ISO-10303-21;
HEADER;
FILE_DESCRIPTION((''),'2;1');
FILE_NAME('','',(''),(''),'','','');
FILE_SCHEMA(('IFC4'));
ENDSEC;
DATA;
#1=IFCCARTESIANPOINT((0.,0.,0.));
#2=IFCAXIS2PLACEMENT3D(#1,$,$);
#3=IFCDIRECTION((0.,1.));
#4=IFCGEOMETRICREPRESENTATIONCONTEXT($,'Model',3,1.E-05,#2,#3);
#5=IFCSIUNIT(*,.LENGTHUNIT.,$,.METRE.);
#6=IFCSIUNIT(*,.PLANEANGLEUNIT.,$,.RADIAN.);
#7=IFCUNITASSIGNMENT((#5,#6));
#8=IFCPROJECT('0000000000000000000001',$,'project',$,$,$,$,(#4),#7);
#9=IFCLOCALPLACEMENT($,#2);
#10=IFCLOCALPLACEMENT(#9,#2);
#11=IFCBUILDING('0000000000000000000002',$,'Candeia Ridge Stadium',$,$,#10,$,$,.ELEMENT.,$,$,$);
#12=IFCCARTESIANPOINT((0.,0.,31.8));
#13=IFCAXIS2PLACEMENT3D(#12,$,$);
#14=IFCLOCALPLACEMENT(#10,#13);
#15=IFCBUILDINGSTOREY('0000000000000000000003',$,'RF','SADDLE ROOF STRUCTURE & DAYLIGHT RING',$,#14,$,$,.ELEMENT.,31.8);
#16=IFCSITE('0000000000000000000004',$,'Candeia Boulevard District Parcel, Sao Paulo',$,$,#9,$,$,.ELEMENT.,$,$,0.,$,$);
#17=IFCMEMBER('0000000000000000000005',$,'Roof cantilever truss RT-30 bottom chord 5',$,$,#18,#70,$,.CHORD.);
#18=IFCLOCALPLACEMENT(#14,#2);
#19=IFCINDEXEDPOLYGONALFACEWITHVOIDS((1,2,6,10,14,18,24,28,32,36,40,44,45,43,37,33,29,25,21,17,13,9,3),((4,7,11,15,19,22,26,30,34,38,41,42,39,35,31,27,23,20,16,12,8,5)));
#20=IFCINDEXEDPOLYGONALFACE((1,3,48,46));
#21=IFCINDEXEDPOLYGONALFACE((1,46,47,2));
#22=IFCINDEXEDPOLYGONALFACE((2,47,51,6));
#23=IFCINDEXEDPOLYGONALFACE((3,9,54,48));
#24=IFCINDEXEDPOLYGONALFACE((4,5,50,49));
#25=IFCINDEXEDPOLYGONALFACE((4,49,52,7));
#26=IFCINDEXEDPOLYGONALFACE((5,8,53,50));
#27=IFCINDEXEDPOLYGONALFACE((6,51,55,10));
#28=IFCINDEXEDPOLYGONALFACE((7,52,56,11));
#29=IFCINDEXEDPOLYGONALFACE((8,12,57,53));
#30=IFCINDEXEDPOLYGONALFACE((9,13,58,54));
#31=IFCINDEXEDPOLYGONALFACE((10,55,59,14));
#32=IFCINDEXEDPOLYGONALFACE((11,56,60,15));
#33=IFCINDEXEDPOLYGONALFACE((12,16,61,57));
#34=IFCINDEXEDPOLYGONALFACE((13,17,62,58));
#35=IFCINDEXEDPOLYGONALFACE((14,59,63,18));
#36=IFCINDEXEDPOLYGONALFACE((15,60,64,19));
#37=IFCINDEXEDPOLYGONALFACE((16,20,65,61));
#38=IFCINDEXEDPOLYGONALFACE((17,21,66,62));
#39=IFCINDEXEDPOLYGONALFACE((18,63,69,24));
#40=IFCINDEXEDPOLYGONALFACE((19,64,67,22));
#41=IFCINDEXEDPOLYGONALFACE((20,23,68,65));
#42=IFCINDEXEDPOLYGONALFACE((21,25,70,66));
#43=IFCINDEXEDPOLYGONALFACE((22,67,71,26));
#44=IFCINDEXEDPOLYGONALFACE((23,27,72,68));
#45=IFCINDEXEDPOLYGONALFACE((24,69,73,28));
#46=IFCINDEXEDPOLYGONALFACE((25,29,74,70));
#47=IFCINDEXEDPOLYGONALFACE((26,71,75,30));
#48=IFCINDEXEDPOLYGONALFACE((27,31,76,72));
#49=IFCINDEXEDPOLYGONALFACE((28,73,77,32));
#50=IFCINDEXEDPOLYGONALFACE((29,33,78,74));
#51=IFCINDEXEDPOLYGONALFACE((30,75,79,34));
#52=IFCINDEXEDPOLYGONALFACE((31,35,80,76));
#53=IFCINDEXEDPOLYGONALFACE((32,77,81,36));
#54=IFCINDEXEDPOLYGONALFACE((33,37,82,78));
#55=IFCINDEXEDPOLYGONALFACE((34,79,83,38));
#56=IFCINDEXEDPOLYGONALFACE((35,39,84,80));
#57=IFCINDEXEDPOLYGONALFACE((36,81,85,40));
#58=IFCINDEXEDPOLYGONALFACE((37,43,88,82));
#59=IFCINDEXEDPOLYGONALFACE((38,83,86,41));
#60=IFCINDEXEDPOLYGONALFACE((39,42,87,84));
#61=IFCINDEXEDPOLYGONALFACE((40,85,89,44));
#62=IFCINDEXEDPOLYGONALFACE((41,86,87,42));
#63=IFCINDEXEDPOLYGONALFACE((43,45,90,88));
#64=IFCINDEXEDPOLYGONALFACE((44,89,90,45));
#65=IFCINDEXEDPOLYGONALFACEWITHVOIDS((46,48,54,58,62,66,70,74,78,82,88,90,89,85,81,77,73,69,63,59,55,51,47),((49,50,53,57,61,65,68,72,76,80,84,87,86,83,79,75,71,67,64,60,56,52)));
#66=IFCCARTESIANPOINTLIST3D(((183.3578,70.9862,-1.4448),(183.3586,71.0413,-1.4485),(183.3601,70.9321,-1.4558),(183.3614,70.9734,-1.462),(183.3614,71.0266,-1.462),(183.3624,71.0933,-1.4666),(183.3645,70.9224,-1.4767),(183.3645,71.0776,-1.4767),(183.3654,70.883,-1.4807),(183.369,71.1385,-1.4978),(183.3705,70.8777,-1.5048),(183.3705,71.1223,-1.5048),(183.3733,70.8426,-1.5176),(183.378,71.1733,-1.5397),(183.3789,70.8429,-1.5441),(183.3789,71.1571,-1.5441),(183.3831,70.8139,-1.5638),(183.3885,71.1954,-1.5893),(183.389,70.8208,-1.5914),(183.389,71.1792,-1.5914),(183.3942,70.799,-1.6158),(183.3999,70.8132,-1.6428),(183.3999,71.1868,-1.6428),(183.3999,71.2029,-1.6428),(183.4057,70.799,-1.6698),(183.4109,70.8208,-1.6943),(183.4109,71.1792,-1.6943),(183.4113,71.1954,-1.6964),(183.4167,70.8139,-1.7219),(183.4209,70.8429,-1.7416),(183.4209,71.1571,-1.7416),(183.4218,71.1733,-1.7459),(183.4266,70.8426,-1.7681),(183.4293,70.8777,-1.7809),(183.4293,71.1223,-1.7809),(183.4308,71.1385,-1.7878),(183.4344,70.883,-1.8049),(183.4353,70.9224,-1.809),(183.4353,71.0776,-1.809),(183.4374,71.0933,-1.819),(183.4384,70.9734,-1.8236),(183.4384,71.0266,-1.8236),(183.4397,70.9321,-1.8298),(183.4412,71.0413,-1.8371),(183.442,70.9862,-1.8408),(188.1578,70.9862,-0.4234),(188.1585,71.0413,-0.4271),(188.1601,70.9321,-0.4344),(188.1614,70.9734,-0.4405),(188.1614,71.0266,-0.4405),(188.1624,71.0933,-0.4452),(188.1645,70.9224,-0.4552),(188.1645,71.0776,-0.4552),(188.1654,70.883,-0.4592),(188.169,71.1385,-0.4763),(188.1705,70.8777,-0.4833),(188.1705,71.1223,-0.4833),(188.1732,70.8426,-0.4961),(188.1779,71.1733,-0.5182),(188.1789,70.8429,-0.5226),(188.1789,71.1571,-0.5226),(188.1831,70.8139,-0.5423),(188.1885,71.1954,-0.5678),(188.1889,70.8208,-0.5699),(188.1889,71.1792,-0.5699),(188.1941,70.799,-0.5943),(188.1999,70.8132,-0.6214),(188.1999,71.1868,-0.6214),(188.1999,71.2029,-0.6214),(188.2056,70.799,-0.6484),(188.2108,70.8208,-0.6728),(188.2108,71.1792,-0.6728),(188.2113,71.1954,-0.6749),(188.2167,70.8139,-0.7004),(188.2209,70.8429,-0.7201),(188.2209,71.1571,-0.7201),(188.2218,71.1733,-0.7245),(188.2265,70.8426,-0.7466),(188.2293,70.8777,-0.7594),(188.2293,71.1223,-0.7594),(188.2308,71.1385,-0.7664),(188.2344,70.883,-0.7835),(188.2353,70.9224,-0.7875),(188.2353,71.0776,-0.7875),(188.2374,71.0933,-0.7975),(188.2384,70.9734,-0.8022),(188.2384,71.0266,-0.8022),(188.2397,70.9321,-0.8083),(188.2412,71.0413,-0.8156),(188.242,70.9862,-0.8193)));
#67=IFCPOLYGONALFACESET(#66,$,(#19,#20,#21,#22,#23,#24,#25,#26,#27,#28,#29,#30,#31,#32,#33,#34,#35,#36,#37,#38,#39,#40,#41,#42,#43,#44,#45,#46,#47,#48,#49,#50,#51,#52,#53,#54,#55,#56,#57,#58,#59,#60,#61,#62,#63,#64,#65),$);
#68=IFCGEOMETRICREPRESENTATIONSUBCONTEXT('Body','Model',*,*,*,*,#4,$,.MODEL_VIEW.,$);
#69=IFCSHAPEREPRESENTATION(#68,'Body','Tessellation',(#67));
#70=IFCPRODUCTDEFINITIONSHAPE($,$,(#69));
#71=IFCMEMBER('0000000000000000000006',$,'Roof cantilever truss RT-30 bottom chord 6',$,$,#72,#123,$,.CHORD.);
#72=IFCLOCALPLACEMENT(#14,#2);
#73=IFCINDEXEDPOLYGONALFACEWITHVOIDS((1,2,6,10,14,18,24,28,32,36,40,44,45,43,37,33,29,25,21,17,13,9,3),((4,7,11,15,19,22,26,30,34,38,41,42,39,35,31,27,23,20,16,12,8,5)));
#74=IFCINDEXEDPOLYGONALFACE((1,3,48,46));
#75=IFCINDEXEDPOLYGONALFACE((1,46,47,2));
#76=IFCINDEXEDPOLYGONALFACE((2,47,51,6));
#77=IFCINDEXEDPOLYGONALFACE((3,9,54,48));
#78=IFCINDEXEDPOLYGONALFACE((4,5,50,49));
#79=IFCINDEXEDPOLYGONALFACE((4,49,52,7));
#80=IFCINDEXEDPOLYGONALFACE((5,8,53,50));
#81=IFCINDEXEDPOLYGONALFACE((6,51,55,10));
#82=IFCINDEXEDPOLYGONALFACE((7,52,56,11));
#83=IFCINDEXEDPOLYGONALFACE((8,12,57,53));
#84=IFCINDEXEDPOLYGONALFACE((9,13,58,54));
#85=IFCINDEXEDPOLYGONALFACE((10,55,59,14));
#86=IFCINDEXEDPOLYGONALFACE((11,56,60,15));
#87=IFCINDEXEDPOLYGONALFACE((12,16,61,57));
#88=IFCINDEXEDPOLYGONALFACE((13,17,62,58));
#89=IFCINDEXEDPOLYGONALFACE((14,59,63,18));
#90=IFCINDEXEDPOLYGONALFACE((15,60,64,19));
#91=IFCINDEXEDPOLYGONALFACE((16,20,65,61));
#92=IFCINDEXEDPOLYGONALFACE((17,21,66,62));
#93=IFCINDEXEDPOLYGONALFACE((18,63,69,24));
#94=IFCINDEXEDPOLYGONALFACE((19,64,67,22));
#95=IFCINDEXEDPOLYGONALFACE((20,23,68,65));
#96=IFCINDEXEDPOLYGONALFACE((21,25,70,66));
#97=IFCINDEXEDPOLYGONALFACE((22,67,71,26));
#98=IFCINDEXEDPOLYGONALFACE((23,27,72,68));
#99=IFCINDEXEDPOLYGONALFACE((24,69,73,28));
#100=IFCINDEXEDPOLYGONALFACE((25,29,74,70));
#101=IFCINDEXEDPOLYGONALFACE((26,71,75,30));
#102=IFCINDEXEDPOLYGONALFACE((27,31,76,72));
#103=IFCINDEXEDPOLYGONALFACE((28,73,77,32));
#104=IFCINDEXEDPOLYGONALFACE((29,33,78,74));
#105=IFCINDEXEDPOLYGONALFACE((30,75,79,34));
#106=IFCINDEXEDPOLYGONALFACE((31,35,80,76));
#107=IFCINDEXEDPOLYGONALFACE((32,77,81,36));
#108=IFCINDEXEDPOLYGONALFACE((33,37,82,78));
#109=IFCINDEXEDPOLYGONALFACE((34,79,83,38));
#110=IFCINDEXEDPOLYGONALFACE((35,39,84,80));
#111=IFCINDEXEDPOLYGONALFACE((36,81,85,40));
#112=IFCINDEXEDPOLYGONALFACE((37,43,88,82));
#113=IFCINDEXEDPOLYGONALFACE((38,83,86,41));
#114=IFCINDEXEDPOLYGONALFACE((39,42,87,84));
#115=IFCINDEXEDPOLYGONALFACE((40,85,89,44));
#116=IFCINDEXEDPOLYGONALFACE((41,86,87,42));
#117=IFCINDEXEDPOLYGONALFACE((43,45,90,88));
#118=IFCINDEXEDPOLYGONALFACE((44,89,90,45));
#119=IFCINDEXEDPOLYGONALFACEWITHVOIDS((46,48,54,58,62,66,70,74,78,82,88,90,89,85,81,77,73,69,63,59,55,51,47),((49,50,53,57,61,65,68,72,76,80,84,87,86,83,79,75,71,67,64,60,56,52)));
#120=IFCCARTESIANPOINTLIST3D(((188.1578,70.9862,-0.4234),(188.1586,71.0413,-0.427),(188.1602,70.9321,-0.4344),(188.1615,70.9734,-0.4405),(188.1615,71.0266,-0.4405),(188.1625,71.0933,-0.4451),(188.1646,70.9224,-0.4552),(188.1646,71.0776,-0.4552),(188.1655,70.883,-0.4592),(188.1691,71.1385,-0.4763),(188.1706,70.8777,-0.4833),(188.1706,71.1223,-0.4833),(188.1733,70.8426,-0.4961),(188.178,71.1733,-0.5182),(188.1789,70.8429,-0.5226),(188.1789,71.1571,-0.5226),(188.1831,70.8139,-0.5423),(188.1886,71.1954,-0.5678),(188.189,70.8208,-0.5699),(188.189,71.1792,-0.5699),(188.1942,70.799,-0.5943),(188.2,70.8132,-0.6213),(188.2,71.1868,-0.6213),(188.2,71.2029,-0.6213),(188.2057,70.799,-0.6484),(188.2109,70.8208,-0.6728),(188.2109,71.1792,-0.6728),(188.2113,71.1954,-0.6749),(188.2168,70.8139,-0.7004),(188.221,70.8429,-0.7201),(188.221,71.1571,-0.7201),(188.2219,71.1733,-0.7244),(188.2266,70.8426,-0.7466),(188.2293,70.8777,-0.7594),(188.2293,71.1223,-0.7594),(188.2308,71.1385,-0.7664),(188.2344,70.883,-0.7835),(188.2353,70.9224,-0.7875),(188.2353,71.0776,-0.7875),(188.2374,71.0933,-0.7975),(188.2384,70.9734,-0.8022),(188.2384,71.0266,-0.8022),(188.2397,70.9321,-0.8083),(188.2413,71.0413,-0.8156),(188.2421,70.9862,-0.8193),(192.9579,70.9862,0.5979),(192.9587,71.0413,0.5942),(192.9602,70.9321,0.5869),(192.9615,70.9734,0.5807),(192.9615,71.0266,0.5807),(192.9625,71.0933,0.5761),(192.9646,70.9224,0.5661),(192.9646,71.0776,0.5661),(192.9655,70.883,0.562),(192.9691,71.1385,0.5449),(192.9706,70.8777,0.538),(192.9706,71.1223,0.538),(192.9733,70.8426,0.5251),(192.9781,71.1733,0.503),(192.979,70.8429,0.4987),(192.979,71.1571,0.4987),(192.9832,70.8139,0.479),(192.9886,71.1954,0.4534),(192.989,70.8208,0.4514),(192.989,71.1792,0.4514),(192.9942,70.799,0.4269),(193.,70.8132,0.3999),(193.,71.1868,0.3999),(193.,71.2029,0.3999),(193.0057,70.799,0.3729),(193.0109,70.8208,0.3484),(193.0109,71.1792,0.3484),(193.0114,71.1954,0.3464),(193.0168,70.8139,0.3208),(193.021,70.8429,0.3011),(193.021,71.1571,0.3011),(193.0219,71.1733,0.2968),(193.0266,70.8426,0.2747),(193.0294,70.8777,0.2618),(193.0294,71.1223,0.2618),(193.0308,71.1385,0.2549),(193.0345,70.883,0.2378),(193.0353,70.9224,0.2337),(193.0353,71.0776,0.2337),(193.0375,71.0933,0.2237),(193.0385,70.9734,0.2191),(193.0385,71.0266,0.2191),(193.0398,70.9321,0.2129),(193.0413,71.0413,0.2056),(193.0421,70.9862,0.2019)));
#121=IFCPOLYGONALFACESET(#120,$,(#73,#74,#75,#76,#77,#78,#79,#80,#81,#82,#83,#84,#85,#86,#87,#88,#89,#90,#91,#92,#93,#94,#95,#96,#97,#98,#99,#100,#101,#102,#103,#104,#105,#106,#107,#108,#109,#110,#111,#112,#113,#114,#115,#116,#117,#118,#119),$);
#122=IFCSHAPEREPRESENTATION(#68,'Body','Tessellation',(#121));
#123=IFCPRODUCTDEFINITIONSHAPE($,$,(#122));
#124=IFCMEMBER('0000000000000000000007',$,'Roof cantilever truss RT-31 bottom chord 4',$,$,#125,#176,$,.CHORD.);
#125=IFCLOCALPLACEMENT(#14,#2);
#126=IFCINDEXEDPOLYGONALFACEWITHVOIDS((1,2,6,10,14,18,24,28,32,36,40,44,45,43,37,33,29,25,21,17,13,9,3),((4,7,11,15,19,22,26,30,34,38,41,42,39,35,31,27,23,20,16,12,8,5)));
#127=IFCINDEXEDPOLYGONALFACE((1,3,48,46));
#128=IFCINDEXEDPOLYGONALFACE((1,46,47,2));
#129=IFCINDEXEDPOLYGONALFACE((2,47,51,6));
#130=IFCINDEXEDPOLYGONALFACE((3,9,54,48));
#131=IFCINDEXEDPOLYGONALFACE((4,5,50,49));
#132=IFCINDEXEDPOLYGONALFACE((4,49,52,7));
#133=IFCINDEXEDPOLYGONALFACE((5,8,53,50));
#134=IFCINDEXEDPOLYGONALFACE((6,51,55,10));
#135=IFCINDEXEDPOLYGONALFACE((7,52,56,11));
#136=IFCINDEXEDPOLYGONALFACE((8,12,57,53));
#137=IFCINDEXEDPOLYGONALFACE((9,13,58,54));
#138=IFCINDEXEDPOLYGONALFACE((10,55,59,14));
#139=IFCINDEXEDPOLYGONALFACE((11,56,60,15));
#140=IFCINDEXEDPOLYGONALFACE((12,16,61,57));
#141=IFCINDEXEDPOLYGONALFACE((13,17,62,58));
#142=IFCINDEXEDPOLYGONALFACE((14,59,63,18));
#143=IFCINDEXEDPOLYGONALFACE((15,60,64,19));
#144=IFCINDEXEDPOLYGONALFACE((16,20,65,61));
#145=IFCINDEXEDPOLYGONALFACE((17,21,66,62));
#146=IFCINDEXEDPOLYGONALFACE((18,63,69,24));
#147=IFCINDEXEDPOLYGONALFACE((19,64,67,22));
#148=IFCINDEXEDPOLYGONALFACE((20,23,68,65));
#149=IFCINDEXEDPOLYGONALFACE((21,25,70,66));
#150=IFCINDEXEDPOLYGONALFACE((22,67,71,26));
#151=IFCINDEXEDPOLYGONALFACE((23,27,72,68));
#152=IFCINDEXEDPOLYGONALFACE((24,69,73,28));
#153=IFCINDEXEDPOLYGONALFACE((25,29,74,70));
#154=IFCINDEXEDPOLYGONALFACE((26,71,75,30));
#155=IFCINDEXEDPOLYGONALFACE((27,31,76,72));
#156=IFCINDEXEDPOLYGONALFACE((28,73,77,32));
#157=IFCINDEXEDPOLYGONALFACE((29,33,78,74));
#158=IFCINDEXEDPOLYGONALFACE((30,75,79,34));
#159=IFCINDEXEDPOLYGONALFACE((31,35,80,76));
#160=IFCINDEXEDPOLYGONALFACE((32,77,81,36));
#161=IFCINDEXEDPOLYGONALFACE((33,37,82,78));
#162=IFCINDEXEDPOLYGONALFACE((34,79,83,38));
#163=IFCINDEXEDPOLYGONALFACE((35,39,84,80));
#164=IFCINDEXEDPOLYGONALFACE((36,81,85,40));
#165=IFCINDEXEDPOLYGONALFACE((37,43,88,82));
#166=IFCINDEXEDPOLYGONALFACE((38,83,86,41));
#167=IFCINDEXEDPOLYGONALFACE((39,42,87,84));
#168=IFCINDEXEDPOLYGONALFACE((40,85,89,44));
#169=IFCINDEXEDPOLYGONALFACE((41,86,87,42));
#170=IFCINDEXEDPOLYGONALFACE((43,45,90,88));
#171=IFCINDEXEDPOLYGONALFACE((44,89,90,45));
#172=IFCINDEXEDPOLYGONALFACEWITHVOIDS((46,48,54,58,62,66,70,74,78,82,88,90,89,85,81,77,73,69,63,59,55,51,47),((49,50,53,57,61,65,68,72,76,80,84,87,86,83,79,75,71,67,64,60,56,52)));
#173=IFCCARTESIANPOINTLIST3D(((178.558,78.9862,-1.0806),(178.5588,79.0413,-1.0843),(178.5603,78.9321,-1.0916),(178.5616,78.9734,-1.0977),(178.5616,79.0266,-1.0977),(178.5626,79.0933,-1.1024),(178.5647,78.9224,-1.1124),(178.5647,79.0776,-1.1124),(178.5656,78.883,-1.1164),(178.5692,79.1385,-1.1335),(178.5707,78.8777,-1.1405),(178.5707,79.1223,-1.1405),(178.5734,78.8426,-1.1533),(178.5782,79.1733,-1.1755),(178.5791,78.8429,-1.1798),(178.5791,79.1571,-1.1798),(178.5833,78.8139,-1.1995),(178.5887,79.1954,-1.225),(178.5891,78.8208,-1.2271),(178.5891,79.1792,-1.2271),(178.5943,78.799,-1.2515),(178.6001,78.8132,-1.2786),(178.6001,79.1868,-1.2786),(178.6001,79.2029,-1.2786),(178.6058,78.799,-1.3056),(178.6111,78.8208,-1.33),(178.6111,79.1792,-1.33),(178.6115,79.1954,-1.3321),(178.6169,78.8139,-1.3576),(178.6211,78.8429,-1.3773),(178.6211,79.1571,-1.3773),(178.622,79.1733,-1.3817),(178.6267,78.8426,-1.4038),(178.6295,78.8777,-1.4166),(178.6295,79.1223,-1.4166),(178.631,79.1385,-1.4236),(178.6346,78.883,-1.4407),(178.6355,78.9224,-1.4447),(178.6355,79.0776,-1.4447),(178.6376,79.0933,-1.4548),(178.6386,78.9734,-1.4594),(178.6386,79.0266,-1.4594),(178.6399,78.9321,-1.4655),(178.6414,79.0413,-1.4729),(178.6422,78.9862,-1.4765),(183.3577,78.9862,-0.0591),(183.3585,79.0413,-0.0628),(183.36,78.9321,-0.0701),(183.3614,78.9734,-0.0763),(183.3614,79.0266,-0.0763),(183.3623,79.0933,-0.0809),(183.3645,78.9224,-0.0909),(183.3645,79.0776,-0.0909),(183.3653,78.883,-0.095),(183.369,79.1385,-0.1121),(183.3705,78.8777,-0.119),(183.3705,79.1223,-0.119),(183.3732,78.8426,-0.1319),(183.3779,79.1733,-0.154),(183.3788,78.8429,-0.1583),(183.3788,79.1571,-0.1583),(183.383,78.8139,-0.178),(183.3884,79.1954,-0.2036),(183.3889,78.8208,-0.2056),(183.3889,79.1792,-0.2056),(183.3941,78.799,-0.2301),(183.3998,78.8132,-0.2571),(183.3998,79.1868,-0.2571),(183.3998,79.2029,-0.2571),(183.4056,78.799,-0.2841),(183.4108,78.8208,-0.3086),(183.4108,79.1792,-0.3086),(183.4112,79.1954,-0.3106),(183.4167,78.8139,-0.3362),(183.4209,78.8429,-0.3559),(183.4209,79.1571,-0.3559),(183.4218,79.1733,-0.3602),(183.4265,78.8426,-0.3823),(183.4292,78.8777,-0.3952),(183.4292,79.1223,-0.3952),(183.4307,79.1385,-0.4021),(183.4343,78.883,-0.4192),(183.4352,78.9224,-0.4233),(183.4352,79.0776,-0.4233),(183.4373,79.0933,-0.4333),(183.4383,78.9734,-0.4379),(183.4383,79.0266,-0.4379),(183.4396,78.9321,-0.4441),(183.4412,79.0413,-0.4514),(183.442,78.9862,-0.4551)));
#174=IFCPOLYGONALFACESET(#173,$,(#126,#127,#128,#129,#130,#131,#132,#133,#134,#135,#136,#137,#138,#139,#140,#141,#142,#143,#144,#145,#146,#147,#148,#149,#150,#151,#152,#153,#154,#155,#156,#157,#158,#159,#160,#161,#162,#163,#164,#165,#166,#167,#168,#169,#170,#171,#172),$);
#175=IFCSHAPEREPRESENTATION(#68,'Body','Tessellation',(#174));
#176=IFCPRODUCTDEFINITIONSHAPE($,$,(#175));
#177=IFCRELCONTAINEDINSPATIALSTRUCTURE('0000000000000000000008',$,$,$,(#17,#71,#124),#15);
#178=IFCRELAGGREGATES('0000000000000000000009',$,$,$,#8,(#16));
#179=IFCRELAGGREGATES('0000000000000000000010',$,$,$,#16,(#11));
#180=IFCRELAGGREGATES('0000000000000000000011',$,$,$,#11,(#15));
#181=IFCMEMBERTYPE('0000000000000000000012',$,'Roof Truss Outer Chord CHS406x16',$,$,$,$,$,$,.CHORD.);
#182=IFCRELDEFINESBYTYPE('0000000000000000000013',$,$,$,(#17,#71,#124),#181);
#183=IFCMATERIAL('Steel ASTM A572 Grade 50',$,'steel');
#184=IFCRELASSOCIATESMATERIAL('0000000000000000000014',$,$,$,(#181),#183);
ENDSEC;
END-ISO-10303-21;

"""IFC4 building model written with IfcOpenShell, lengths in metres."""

from ifc_helpers import new_model, si_unit, direction, frame, origin, origin_2d, place, context, subcontext, project, spatial, hollow_circle, extrude, material, material_profile, profile_set, type_object, element, save


model = new_model("IFC4")

# Units and contexts
model_context = context("Model", 3, precision=1e-05, world=origin(), true_north=direction((0.0, 1.0)))
body_context = subcontext(model_context, "Body", "Model", "MODEL_VIEW")
ifc_project = project(units=[si_unit("LENGTHUNIT", "METRE"), si_unit("PLANEANGLEUNIT", "RADIAN")], contexts=[model_context])

# Site, building, storey
site_placement = place(None, origin())
site = spatial("IfcSite", under=ifc_project, at=site_placement, Name="Candeia Boulevard District Parcel, Sao Paulo", CompositionType="ELEMENT", RefElevation=0.0)
building_placement = place(site_placement, origin())
building = spatial("IfcBuilding", under=site, at=building_placement, Name="Candeia Ridge Stadium", CompositionType="ELEMENT")
storey_placement = place(building_placement, frame((0.0, 0.0, 31.8)))
storey = spatial("IfcBuildingStorey", under=building, at=storey_placement, Name="RF", Description="SADDLE ROOF STRUCTURE & DAYLIGHT RING", CompositionType="ELEMENT", Elevation=31.8)

# Shared definitions
ifc_material_1 = material(Name="Steel ASTM A572 Grade 50", Category="steel")

# Members
ifc_material_profile_1 = material_profile(ifc_material_1, hollow_circle(Radius=0.2029, WallThickness=0.0161, at=origin_2d()), Name="CHS406x16", Category="steel")
ifc_profile_set_1 = profile_set([ifc_material_profile_1], Name="Steel ASTM A572 Grade 50")
member_type_1 = type_object("IfcMemberType", Name="Roof Truss Outer Chord CHS406x16", PredefinedType="CHORD", material=ifc_profile_set_1)
for number, where, z_axis, x_axis, name in (
    (1, (183.3999, 71.0, -1.6428), (0.978098, 0.0, 0.208146), (0.0, 1.0, 0.0), "Roof cantilever truss RT-30 bottom chord 5"),
    (2, (188.2, 71.0, -0.6213), (0.978108, 0.0, 0.208099), (0.0, 1.0, 0.0), "Roof cantilever truss RT-30 bottom chord 6"),
):
    element("IfcMember", number, at=place(storey_placement, frame(where, z_axis=z_axis, x_axis=x_axis)), inside=storey, type_object=member_type_1, Name=name, PredefinedType="CHORD", context=body_context, shape_type="SweptSolid", body=[
        extrude(hollow_circle(Radius=0.2029, WallThickness=0.0161, at=origin_2d()), origin(), (0.0, 0.0, 1.0), 4.9075),
    ])
member_1_placement = place(storey_placement, frame((178.6001, 79.0, -1.2786), z_axis=(0.978096, 0.0, 0.208156), x_axis=(0.0, 1.0, 0.0)))
element("IfcMember", 3, at=member_1_placement, inside=storey, type_object=member_type_1, Name="Roof cantilever truss RT-31 bottom chord 4", PredefinedType="CHORD", context=body_context, shape_type="SweptSolid", body=[
    extrude(hollow_circle(Radius=0.2029, WallThickness=0.0161, at=origin_2d()), origin(), (0.0, 0.0, 1.0), 4.9072),
])

save(model, "model.ifc")
